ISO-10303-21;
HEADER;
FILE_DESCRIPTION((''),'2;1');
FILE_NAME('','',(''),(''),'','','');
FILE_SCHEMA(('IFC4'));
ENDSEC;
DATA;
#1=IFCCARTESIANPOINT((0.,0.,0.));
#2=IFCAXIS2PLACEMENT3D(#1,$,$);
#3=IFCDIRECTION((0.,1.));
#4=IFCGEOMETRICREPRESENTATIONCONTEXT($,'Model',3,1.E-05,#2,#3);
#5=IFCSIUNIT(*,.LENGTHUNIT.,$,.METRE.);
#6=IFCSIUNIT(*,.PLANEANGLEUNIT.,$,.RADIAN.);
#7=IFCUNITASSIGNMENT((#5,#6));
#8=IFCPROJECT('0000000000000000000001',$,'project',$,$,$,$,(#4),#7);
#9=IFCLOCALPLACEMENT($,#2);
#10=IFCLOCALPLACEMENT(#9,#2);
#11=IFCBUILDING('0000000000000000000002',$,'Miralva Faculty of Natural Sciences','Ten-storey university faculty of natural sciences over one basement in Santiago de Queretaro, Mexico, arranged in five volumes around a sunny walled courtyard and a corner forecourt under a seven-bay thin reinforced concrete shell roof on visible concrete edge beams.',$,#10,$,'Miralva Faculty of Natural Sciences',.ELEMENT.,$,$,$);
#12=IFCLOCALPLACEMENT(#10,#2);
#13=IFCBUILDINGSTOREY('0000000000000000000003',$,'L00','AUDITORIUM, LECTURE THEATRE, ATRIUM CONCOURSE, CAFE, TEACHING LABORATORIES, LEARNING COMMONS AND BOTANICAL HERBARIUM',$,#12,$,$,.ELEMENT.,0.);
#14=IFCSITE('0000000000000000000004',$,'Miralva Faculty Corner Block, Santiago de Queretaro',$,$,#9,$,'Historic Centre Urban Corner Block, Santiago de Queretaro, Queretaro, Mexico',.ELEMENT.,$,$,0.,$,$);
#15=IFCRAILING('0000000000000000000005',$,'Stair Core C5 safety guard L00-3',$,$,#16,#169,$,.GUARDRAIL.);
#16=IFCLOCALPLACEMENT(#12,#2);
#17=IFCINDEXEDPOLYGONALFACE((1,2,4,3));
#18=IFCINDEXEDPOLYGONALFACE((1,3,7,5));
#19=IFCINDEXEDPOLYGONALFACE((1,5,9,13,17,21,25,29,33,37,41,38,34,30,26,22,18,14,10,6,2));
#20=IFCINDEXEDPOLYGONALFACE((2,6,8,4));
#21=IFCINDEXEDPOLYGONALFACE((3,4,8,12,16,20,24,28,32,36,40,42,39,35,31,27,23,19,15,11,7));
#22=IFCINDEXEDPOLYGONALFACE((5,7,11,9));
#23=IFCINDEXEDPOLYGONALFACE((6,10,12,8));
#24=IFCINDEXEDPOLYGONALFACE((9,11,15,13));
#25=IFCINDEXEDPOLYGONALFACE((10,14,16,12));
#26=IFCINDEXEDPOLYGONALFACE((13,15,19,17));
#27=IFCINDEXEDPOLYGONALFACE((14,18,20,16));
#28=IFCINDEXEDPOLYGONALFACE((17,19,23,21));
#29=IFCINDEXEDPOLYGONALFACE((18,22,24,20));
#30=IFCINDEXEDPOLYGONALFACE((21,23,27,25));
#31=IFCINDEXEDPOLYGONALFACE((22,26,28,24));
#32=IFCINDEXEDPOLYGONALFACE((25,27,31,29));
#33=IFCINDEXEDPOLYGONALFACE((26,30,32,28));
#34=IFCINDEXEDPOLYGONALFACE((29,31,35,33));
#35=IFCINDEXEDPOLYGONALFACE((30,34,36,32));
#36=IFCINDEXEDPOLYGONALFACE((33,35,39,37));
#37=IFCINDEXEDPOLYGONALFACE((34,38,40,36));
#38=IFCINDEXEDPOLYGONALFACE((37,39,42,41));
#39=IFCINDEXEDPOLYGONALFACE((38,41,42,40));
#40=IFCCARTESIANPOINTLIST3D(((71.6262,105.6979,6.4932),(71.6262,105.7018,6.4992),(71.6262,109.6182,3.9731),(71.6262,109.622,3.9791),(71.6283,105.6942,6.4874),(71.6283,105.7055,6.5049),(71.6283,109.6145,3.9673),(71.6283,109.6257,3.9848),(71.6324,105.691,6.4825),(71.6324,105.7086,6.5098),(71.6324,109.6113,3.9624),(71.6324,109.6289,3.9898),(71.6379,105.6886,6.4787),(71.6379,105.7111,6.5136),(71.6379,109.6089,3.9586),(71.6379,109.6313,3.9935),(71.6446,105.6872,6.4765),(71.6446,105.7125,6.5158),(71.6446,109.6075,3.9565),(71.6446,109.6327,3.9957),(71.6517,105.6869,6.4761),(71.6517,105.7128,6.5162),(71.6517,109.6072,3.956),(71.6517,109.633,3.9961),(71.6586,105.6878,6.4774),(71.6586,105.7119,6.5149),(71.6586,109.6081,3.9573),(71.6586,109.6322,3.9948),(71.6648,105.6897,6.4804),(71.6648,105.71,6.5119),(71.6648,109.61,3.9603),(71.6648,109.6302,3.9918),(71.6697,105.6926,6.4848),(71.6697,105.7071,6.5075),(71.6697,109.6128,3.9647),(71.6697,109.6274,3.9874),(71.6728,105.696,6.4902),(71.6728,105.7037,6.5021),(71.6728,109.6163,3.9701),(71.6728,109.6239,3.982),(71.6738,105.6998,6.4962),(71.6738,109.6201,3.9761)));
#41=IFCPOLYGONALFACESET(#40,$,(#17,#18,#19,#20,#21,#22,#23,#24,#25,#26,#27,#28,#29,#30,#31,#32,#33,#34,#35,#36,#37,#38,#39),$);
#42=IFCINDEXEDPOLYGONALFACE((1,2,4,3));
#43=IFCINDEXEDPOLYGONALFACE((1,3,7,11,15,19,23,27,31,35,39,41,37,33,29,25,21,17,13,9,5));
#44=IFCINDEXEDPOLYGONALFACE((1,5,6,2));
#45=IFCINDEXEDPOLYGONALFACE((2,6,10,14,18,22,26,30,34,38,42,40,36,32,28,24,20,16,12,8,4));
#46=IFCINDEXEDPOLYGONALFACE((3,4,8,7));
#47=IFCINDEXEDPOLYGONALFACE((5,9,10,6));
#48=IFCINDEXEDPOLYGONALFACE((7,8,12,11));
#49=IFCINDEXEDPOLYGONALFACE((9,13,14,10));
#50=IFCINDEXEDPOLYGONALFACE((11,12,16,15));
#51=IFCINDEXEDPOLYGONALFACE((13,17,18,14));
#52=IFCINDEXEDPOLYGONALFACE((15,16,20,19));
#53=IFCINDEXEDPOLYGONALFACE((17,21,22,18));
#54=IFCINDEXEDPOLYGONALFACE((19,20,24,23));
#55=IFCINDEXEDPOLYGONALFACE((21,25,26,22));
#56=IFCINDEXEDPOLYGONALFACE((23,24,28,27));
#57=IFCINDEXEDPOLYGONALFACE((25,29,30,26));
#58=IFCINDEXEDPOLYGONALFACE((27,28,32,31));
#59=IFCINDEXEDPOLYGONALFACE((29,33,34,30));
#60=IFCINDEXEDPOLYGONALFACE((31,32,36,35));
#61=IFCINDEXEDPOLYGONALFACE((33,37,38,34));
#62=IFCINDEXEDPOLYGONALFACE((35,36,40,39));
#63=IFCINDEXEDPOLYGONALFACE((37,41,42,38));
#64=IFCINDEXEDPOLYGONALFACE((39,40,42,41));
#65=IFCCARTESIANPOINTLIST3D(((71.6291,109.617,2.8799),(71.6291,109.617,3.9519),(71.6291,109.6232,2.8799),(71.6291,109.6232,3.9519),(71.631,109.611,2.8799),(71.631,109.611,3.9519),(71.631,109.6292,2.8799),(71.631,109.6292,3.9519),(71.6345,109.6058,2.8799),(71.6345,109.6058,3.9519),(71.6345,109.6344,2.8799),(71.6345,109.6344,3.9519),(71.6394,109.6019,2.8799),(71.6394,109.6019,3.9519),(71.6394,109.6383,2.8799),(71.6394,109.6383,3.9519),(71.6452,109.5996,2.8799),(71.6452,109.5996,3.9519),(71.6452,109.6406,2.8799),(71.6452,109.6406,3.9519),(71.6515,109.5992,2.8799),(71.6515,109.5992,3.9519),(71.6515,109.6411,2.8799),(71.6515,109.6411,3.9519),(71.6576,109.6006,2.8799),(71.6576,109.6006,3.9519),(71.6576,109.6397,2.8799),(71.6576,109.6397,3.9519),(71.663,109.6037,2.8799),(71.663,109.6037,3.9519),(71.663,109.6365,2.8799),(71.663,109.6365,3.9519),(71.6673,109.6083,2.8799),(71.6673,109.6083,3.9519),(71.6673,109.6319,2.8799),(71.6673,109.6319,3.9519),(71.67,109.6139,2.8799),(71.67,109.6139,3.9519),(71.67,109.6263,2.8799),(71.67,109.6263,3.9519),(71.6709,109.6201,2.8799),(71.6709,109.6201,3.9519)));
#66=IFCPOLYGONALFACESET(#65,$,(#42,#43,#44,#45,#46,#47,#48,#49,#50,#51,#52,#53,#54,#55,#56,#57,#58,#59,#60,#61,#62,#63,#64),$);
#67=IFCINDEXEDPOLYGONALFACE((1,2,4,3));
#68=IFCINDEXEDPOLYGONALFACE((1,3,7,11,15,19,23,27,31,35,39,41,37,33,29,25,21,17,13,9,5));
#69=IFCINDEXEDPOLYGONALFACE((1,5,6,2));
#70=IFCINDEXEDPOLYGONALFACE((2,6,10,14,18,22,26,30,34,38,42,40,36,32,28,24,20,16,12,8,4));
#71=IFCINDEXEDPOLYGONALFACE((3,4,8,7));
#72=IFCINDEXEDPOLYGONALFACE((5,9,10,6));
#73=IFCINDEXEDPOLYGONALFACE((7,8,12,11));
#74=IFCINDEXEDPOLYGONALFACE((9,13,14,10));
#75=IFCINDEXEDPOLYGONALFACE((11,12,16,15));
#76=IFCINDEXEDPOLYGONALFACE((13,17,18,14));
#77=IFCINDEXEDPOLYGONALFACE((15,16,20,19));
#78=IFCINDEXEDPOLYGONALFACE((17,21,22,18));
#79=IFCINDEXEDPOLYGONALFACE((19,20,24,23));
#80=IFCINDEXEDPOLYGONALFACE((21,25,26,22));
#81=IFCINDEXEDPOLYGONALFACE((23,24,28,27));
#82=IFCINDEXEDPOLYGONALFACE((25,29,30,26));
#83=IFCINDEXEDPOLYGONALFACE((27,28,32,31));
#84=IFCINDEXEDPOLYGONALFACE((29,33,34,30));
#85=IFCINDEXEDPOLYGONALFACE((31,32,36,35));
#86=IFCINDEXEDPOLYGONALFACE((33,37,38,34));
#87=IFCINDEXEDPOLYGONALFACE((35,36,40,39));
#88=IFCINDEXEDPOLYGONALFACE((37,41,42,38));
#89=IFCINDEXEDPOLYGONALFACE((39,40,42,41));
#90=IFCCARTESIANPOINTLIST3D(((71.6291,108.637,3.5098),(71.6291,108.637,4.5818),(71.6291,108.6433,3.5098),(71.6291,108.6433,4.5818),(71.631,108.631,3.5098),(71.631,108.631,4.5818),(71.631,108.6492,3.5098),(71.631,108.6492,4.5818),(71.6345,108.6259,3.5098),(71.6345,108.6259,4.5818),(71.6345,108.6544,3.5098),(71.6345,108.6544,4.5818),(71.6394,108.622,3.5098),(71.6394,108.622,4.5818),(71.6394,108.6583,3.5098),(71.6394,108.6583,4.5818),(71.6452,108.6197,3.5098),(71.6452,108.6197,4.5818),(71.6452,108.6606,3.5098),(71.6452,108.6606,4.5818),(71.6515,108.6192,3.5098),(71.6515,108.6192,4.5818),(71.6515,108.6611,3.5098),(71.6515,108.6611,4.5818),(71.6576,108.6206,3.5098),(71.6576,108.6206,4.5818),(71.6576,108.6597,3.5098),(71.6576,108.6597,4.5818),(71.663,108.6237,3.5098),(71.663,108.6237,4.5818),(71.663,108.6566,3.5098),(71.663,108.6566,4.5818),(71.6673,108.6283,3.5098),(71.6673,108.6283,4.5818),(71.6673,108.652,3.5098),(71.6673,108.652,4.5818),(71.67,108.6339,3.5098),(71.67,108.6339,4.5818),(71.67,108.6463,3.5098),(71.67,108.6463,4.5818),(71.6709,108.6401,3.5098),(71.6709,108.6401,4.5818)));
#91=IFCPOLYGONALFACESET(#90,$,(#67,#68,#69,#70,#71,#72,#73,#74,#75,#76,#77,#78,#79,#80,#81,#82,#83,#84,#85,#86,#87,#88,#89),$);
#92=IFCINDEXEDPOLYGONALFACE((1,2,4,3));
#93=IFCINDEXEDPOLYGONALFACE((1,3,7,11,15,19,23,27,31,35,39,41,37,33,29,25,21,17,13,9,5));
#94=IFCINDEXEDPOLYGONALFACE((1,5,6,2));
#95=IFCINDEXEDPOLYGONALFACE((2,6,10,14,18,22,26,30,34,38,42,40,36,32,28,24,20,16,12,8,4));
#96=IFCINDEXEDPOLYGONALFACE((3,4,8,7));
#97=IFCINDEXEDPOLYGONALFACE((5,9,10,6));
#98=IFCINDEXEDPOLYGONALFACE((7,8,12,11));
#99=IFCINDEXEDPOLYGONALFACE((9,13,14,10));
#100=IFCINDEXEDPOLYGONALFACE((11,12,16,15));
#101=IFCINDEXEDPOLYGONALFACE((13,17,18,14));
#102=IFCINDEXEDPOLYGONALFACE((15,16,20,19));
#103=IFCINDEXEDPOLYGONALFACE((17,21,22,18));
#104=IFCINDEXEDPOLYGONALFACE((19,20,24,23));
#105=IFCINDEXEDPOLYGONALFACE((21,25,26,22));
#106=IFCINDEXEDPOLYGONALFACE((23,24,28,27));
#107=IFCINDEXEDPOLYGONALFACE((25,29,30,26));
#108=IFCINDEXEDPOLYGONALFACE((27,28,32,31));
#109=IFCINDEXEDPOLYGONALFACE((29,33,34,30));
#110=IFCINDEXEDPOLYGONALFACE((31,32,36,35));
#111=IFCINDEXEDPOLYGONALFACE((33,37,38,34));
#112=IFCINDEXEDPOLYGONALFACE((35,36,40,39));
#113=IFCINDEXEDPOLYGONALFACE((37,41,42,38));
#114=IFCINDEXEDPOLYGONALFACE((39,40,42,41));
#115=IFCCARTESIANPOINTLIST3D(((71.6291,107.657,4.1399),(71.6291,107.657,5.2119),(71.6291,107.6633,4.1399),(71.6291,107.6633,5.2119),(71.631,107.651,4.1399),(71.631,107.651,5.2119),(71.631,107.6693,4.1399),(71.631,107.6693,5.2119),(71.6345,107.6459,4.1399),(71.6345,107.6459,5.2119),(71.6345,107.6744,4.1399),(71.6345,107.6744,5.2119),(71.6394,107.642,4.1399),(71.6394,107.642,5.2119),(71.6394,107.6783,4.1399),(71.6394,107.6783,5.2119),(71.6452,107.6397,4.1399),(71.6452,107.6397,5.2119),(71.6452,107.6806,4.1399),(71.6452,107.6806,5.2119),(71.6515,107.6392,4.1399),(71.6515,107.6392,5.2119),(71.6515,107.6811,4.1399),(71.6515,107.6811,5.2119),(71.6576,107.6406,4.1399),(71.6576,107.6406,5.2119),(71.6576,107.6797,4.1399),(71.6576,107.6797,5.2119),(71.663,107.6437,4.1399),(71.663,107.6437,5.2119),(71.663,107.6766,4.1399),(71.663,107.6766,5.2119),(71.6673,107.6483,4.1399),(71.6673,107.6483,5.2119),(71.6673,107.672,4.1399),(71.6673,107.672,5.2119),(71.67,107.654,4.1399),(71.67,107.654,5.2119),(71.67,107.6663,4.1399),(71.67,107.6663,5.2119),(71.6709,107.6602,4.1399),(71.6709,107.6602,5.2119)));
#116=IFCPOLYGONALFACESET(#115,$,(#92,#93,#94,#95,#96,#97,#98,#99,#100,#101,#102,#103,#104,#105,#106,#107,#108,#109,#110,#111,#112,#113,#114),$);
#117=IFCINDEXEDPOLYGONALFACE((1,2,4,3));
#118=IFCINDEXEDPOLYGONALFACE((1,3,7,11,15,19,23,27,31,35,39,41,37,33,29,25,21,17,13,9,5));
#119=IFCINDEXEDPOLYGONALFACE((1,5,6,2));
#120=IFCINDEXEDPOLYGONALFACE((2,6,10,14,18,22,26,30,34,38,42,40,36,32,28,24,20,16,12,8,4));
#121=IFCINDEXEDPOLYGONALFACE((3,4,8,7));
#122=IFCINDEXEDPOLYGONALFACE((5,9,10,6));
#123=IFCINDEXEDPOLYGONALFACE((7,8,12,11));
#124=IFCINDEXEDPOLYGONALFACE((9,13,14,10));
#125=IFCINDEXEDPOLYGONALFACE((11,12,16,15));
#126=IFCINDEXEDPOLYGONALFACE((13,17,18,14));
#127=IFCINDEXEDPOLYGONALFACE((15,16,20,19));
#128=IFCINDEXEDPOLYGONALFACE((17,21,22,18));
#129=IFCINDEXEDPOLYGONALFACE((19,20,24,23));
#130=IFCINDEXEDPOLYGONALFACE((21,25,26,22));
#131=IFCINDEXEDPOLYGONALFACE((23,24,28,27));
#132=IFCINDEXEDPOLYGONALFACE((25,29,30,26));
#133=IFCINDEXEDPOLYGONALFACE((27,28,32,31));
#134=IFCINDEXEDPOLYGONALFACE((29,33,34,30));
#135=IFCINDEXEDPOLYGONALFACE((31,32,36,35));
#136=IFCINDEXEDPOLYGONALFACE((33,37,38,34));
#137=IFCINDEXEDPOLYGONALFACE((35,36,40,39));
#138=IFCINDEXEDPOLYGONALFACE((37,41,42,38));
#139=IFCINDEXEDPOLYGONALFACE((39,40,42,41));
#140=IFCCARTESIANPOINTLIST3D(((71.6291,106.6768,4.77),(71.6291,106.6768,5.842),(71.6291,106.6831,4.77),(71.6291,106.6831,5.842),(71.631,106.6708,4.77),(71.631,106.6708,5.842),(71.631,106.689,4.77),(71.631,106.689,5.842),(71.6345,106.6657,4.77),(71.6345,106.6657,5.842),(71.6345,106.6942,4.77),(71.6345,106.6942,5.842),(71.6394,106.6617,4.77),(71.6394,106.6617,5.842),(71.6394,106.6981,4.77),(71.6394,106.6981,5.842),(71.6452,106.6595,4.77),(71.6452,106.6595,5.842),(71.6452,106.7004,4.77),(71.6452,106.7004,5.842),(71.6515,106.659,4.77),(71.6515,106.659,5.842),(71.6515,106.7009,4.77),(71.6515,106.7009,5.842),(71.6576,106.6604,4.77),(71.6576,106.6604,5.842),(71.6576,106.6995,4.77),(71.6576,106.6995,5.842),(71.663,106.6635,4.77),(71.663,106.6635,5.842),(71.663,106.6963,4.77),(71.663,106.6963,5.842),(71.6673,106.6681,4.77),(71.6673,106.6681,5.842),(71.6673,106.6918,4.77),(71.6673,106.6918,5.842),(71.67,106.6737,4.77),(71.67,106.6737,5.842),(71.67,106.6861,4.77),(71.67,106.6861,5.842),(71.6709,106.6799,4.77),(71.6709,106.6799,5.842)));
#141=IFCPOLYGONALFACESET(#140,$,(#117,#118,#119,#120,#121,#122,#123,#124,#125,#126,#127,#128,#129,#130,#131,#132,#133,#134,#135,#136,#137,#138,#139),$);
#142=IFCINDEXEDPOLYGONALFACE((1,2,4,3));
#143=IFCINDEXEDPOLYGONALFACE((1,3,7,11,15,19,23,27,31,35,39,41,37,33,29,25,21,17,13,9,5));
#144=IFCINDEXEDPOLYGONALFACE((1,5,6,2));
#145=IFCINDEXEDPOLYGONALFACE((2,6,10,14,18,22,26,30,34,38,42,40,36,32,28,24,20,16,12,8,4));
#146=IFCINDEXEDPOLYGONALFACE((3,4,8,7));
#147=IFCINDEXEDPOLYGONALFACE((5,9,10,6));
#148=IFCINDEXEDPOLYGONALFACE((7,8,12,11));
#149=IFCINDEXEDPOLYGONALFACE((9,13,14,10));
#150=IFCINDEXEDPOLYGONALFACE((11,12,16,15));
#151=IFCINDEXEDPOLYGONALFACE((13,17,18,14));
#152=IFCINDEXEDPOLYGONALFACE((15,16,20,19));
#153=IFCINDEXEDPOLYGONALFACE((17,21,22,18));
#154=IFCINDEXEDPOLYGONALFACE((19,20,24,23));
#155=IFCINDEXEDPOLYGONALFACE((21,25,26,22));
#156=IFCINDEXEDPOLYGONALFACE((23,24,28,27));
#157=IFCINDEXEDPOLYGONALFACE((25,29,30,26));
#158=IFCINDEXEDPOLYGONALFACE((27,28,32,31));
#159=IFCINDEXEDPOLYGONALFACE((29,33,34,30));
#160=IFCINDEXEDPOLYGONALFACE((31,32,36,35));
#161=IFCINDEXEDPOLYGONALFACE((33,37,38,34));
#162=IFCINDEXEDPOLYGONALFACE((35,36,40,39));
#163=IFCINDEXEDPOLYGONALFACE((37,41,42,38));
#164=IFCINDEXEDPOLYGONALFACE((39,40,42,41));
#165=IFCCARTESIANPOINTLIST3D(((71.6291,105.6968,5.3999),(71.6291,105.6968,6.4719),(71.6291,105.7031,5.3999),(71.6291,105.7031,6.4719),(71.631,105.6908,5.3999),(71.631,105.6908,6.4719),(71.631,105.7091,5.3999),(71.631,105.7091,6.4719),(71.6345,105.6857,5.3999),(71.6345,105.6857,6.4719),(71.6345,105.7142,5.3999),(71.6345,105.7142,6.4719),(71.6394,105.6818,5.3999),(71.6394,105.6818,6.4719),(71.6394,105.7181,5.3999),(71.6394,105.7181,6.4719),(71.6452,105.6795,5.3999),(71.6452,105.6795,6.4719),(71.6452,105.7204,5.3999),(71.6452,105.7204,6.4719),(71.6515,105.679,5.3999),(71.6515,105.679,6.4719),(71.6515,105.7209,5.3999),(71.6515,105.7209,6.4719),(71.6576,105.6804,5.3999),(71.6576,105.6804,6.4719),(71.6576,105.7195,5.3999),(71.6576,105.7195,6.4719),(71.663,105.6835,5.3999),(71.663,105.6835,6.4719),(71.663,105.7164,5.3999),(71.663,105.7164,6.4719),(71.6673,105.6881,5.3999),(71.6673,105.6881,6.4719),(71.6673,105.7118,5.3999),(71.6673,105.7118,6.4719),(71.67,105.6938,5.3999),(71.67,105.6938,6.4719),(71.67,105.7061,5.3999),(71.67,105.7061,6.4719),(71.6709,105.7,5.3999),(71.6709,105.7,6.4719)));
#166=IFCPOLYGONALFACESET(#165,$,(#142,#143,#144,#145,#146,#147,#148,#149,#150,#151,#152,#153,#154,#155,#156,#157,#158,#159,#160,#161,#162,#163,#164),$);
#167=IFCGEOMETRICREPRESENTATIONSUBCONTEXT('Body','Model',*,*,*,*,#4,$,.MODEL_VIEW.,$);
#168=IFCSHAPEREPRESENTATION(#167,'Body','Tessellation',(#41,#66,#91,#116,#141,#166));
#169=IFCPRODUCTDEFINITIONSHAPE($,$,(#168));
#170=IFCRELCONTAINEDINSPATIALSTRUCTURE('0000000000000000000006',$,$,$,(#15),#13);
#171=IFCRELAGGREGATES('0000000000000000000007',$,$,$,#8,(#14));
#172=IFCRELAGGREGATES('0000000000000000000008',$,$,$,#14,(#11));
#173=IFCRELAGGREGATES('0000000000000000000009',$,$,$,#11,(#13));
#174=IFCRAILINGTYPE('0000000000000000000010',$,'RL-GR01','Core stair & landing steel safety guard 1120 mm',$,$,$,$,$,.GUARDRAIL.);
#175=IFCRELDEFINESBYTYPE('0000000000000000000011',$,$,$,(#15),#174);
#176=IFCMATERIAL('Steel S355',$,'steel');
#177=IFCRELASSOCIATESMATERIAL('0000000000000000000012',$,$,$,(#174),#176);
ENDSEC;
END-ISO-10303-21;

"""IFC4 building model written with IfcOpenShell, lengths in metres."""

from ifc_helpers import new_model, si_unit, direction, frame, origin, origin_2d, place, context, subcontext, project, spatial, circle, extrude, material, type_object, element, save


model = new_model("IFC4")

# Units and contexts
model_context = context("Model", 3, precision=1e-05, world=origin(), true_north=direction((0.0, 1.0)))
body_context = subcontext(model_context, "Body", "Model", "MODEL_VIEW")
ifc_project = project(units=[si_unit("LENGTHUNIT", "METRE"), si_unit("PLANEANGLEUNIT", "RADIAN")], contexts=[model_context])

# Site, building, storey
site_placement = place(None, origin())
site = spatial("IfcSite", under=ifc_project, at=site_placement, Name="Miralva Faculty Corner Block, Santiago de Queretaro", LongName="Historic Centre Urban Corner Block, Santiago de Queretaro, Queretaro, Mexico", CompositionType="ELEMENT", RefElevation=0.0)
building_placement = place(site_placement, origin())
building = spatial("IfcBuilding", under=site, at=building_placement, Name="Miralva Faculty of Natural Sciences", Description="Ten-storey university faculty of natural sciences over one basement in Santiago de Queretaro, Mexico, arranged in five volumes around a sunny walled courtyard and a corner forecourt under a seven-bay thin reinforced concrete shell roof on visible concrete edge beams.", LongName="Miralva Faculty of Natural Sciences", CompositionType="ELEMENT")
storey_placement = place(building_placement, origin())
storey = spatial("IfcBuildingStorey", under=building, at=storey_placement, Name="L00", Description="AUDITORIUM, LECTURE THEATRE, ATRIUM CONCOURSE, CAFE, TEACHING LABORATORIES, LEARNING COMMONS AND BOTANICAL HERBARIUM", CompositionType="ELEMENT", Elevation=0.0)

# Railing
ifc_material_1 = material(Name="Steel S355", Category="steel")
railing_type_1 = type_object("IfcRailingType", Name="RL-GR01", Description="Core stair & landing steel safety guard 1120 mm", PredefinedType="GUARDRAIL", material=ifc_material_1)
railing_1_placement = place(storey_placement, frame((71.6499, 109.6201, 2.8799)))
element("IfcRailing", 1, at=railing_1_placement, inside=storey, type_object=railing_type_1, Name="Stair Core C5 safety guard L00-3", PredefinedType="GUARDRAIL", context=body_context, shape_type="SweptSolid", body=[
    extrude(circle(Radius=0.0239, at=origin_2d()), frame((0.0, 0.0, 1.0962), z_axis=(0.0, -0.841187, 0.540744), x_axis=(1.0, 0.0, 0.0)), (0.0, 0.0, 1.0), 4.6604),
    extrude(circle(Radius=0.021, at=origin_2d()), origin(), (0.0, 0.0, 1.0), 1.072),
    extrude(circle(Radius=0.021, at=origin_2d()), frame((0.0, -0.98, 0.6299)), (0.0, 0.0, 1.0), 1.072),
    extrude(circle(Radius=0.021, at=origin_2d()), frame((0.0, -1.96, 1.26)), (0.0, 0.0, 1.0), 1.072),
    extrude(circle(Radius=0.021, at=origin_2d()), frame((0.0, -2.9402, 1.8901)), (0.0, 0.0, 1.0), 1.072),
    extrude(circle(Radius=0.021, at=origin_2d()), frame((0.0, -3.9202, 2.52)), (0.0, 0.0, 1.0), 1.072),
])

save(model, "model.ifc")
